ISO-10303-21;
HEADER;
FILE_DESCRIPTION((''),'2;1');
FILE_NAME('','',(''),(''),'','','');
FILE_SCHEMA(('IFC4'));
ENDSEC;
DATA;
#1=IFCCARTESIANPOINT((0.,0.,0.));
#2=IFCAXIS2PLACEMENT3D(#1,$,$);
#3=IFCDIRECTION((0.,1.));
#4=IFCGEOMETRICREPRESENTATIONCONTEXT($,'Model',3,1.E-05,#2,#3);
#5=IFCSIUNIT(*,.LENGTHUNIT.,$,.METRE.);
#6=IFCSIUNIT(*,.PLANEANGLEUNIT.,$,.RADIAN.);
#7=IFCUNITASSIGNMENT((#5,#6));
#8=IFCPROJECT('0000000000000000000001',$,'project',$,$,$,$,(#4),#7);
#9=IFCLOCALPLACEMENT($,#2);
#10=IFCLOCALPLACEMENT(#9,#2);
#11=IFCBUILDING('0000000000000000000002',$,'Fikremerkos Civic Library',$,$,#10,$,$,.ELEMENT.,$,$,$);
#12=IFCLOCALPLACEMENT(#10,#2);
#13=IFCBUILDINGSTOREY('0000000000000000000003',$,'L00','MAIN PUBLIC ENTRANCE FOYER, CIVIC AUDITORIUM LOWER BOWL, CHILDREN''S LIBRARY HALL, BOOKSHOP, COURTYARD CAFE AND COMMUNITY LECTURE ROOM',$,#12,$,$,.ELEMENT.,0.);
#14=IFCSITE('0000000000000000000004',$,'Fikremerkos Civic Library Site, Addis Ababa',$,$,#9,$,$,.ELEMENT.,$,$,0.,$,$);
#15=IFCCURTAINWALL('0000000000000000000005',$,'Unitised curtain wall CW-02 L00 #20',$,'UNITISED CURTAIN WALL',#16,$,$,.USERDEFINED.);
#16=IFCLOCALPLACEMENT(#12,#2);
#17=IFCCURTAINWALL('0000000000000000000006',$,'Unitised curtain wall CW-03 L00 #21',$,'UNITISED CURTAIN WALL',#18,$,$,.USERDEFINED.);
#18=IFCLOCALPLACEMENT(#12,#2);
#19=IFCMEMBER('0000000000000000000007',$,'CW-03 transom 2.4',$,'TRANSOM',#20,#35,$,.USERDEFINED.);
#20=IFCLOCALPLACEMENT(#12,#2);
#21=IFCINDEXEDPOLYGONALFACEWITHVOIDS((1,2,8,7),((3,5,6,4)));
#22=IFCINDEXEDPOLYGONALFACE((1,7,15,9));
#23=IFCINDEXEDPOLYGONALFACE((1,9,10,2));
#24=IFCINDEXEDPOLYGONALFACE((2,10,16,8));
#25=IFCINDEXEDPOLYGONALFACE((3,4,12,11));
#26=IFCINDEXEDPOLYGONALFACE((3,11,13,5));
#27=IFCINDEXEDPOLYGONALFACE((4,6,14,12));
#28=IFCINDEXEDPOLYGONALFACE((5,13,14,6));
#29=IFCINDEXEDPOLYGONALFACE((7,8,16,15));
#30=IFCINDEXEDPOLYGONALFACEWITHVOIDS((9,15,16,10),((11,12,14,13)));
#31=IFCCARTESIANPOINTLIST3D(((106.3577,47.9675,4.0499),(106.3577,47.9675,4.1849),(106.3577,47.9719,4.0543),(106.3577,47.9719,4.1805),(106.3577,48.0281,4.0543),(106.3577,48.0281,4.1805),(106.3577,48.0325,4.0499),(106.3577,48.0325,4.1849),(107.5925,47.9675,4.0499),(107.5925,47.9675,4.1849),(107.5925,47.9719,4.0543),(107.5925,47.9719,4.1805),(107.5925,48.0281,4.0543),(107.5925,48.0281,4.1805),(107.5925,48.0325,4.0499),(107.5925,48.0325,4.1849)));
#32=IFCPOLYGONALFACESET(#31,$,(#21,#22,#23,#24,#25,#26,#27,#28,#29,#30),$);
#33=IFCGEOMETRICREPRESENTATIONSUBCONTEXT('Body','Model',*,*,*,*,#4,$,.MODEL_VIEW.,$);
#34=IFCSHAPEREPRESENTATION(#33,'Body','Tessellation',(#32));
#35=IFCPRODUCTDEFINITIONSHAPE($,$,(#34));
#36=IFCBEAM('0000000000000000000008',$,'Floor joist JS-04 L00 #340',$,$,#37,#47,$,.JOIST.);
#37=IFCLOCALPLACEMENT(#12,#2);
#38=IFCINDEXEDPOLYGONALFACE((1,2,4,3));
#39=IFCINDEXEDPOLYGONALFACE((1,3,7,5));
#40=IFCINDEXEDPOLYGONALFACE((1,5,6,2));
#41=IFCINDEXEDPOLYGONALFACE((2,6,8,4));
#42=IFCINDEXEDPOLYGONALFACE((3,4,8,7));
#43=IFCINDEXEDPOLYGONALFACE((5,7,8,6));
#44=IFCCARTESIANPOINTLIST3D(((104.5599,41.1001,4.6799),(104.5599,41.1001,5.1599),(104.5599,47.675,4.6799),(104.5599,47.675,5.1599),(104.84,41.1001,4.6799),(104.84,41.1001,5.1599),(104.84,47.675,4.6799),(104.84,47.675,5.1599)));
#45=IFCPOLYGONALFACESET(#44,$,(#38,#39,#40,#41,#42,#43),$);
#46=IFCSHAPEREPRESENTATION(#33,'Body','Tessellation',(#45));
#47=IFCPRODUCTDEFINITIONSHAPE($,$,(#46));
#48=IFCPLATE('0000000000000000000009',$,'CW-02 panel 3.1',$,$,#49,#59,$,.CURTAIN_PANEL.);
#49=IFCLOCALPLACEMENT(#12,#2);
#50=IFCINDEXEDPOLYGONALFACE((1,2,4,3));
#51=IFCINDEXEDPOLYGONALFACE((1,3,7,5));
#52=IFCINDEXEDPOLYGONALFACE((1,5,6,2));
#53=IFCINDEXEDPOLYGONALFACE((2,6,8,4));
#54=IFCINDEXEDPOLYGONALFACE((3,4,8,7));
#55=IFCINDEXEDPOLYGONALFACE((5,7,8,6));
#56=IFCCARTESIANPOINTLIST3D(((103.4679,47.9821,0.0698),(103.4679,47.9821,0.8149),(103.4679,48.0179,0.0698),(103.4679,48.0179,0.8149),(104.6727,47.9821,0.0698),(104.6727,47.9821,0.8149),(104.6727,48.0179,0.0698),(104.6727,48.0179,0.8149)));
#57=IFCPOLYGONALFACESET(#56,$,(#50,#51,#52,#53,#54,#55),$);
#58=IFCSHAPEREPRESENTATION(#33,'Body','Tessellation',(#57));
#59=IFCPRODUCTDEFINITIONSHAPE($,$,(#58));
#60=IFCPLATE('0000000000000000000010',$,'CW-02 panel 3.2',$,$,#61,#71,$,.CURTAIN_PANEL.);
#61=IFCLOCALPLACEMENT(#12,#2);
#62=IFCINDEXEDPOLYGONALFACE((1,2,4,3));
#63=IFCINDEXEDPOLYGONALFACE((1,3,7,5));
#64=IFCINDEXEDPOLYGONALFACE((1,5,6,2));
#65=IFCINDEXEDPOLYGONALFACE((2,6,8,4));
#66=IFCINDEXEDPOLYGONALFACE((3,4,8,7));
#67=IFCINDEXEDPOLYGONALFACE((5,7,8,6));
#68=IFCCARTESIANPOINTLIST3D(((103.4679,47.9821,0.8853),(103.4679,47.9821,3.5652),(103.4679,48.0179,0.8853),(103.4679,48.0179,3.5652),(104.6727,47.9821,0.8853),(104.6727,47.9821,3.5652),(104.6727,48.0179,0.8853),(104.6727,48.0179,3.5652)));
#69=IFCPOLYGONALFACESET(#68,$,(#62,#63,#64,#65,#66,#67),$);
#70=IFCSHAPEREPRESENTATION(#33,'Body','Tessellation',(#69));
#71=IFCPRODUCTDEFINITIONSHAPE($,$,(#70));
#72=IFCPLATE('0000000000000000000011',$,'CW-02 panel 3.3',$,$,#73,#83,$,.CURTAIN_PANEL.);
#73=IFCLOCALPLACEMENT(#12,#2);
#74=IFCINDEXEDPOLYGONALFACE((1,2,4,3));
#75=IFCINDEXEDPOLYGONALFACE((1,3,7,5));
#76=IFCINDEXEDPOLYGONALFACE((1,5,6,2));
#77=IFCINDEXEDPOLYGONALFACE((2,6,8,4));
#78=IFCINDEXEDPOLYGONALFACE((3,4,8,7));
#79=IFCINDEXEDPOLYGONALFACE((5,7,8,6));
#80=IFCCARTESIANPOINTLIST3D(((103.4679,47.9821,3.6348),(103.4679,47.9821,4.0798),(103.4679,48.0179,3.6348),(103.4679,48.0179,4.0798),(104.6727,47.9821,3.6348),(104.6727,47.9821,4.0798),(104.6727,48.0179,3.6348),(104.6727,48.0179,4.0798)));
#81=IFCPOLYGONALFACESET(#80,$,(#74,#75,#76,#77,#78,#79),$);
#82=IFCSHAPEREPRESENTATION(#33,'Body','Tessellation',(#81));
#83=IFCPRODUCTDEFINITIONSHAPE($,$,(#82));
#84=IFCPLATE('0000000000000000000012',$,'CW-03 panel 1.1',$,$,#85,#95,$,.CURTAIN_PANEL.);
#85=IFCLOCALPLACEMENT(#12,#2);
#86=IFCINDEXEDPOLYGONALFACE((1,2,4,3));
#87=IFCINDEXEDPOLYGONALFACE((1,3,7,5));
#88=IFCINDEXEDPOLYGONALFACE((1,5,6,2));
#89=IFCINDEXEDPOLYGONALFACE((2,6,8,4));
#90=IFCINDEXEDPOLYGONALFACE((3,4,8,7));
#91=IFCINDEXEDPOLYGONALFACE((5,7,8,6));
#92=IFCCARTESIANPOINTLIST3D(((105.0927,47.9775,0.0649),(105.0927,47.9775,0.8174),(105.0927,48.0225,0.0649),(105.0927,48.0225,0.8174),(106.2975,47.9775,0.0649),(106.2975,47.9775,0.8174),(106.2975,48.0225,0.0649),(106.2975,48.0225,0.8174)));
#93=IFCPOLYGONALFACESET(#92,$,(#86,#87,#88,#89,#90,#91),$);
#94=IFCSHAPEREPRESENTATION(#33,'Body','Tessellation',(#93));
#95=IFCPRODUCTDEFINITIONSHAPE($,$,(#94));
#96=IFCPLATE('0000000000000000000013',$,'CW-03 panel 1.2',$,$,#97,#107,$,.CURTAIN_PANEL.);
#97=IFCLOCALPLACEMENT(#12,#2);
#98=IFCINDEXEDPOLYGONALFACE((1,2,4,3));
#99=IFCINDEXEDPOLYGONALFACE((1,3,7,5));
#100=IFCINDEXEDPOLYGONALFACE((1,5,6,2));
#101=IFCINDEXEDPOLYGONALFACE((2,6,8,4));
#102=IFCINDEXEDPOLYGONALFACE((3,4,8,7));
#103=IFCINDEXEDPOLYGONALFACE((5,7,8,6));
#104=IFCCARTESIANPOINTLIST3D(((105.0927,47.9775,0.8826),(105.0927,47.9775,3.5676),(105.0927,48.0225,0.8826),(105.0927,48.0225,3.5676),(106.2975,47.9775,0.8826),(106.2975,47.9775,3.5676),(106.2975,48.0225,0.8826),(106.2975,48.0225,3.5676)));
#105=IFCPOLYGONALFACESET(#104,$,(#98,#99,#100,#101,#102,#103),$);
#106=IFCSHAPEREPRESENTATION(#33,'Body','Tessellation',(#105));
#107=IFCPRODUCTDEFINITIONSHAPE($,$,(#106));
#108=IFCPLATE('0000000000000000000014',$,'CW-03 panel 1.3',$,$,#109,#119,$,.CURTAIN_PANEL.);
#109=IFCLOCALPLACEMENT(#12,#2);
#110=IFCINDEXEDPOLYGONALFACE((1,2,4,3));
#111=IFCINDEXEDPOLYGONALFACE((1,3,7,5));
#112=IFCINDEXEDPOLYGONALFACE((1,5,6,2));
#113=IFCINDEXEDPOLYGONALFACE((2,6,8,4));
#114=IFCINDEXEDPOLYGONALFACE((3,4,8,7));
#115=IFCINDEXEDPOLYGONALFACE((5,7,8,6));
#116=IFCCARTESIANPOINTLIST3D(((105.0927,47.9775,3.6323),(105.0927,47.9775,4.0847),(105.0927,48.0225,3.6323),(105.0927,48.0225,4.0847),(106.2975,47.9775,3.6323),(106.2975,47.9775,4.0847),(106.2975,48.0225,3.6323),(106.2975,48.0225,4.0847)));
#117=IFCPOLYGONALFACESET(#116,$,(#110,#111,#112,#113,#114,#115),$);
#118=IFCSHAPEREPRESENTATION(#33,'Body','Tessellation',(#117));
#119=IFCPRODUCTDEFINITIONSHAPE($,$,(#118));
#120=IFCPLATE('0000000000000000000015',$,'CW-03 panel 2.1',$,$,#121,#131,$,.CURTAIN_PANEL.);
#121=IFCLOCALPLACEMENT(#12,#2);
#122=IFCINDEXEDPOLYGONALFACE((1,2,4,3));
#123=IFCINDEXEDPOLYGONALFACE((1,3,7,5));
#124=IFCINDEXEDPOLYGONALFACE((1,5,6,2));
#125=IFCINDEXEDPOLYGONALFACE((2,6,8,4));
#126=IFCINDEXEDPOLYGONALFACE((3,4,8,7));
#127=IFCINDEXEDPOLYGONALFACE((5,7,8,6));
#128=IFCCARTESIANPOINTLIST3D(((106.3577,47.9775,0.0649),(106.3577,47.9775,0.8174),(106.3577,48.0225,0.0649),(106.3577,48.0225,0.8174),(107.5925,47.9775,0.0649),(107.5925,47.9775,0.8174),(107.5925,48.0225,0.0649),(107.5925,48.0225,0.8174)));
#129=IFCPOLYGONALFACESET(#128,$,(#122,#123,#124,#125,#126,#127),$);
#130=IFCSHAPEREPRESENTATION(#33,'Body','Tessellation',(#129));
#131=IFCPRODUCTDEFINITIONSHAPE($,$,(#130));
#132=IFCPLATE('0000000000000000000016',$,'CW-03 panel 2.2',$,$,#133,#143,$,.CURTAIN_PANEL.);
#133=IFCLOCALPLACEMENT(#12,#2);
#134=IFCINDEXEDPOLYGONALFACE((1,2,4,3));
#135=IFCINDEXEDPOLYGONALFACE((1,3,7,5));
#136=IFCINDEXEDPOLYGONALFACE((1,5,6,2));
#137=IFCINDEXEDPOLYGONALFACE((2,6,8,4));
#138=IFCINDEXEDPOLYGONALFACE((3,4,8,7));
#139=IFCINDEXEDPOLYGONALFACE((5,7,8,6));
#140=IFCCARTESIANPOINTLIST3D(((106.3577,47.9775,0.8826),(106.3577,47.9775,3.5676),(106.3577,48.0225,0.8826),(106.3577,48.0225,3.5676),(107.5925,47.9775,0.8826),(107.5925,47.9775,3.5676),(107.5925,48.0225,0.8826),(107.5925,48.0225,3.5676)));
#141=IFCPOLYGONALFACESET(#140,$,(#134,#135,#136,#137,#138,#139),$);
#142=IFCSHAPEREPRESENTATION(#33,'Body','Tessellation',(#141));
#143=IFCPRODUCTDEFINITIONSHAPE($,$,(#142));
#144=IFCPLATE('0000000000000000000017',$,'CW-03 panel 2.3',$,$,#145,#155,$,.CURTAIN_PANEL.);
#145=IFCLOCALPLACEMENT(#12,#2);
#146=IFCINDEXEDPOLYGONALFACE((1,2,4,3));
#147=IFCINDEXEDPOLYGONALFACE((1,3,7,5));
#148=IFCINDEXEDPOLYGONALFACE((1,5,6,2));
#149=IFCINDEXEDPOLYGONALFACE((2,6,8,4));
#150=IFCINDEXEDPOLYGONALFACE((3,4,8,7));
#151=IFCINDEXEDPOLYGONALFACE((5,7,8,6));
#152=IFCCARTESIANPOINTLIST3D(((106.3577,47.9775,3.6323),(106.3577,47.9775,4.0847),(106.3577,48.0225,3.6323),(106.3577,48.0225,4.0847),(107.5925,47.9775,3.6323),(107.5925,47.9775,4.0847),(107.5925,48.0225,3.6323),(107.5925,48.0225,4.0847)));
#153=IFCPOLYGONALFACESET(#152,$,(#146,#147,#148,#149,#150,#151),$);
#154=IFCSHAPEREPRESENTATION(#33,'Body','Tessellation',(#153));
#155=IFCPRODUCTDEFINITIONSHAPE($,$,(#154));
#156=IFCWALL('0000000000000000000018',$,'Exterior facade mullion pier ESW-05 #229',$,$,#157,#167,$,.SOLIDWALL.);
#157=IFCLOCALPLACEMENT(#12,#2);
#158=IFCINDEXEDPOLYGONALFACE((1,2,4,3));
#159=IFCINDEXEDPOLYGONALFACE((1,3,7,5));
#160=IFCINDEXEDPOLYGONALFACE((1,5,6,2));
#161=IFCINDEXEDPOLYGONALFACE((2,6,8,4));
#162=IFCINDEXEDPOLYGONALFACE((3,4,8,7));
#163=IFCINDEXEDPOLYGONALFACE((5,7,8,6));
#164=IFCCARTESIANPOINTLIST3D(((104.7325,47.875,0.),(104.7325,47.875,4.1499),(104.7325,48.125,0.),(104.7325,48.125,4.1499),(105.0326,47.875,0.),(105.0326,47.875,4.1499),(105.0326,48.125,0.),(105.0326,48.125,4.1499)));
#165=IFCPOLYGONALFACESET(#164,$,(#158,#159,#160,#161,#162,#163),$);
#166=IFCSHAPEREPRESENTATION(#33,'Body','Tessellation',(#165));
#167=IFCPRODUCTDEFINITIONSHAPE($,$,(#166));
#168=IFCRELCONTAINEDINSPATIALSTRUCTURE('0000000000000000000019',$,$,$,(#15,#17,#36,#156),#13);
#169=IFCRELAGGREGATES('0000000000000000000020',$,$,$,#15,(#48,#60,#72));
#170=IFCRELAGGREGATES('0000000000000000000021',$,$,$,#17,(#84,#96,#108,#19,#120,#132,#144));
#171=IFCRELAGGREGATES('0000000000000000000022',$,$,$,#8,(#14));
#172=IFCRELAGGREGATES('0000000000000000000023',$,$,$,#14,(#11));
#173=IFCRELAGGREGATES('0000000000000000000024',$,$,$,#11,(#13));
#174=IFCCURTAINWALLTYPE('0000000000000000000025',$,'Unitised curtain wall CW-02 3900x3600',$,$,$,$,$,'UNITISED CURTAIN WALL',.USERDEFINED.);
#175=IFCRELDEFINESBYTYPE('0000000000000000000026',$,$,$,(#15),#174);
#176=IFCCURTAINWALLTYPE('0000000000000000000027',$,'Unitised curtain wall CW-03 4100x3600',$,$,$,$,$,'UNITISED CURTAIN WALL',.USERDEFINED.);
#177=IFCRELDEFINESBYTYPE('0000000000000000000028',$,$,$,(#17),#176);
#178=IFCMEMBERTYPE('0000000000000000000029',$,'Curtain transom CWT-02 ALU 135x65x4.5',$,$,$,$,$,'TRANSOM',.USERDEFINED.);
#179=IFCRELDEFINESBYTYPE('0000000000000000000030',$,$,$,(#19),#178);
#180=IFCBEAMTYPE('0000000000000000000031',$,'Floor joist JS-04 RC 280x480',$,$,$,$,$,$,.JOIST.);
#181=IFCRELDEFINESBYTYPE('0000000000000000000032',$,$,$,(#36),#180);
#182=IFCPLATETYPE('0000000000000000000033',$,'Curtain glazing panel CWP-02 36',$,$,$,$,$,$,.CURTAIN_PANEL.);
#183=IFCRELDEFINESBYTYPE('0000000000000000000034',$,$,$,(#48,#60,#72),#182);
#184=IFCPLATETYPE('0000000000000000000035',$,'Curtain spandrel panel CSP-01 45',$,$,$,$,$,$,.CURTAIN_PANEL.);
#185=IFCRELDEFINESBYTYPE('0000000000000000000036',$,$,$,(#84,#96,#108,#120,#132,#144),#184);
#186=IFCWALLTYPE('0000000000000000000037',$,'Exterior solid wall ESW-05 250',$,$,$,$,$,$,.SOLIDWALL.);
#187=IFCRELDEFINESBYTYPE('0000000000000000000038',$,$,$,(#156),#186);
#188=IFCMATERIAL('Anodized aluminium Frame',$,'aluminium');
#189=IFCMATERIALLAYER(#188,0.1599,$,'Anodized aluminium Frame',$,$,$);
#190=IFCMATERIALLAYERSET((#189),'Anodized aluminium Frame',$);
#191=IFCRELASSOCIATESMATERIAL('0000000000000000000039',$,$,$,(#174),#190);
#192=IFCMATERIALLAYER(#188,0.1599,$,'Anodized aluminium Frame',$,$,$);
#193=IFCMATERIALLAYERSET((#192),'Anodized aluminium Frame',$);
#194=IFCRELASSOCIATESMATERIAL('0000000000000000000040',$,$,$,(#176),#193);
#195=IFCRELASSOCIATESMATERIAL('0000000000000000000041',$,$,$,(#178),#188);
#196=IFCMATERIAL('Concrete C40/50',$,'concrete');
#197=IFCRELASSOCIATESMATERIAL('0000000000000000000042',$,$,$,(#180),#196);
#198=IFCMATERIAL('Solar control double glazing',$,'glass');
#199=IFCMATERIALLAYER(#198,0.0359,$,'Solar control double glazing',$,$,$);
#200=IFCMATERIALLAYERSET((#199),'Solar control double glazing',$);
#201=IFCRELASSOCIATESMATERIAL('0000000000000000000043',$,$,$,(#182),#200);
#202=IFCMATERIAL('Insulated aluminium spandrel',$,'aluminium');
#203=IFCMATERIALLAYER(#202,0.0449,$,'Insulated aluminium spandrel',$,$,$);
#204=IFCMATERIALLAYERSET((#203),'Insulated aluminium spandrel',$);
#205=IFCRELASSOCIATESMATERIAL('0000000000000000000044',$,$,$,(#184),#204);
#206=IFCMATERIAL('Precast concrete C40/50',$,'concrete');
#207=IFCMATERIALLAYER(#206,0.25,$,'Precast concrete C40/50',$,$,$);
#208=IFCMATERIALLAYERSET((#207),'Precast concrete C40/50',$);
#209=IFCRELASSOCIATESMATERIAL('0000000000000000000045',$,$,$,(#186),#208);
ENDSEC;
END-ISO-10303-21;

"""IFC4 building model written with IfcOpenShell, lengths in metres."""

from ifc_helpers import new_model, si_unit, direction, frame, frame_2d, origin, origin_2d, place, context, subcontext, project, spatial, rectangle, hollow_rectangle, extrude, material, layer, layer_set, material_profile, profile_set, type_object, element, aggregate, save


model = new_model("IFC4")

# Units and contexts
model_context = context("Model", 3, precision=1e-05, world=origin(), true_north=direction((0.0, 1.0)))
body_context = subcontext(model_context, "Body", "Model", "MODEL_VIEW")
ifc_project = project(units=[si_unit("LENGTHUNIT", "METRE"), si_unit("PLANEANGLEUNIT", "RADIAN")], contexts=[model_context])

# Site, building, storey
site_placement = place(None, origin())
site = spatial("IfcSite", under=ifc_project, at=site_placement, Name="Fikremerkos Civic Library Site, Addis Ababa", CompositionType="ELEMENT", RefElevation=0.0)
building_placement = place(site_placement, origin())
building = spatial("IfcBuilding", under=site, at=building_placement, Name="Fikremerkos Civic Library", CompositionType="ELEMENT")
storey_placement = place(building_placement, origin())
storey = spatial("IfcBuildingStorey", under=building, at=storey_placement, Name="L00", Description="MAIN PUBLIC ENTRANCE FOYER, CIVIC AUDITORIUM LOWER BOWL, CHILDREN'S LIBRARY HALL, BOOKSHOP, COURTYARD CAFE AND COMMUNITY LECTURE ROOM", CompositionType="ELEMENT", Elevation=0.0)

# Curtain wall
ifc_material_1 = material(Name="Anodized aluminium Frame", Category="aluminium")
ifc_layer_1 = layer(ifc_material_1, 0.1599, Name="Anodized aluminium Frame")
ifc_layer_set_1 = layer_set([ifc_layer_1], Name="Anodized aluminium Frame")
curtain_wall_type_1 = type_object("IfcCurtainWallType", Name="Unitised curtain wall CW-02 3900x3600", ElementType="UNITISED CURTAIN WALL", PredefinedType="USERDEFINED", material=ifc_layer_set_1)
curtain_wall_1_placement = place(storey_placement, origin())
curtain_wall_1 = element("IfcCurtainWall", 1, at=curtain_wall_1_placement, inside=storey, type_object=curtain_wall_type_1, Name="Unitised curtain wall CW-02 L00 #20", ObjectType="UNITISED CURTAIN WALL", PredefinedType="USERDEFINED")

# Curtain wall, member
ifc_layer_2 = layer(ifc_material_1, 0.1599, Name="Anodized aluminium Frame")
ifc_layer_set_2 = layer_set([ifc_layer_2], Name="Anodized aluminium Frame")
curtain_wall_type_2 = type_object("IfcCurtainWallType", Name="Unitised curtain wall CW-03 4100x3600", ElementType="UNITISED CURTAIN WALL", PredefinedType="USERDEFINED", material=ifc_layer_set_2)
curtain_wall_2_placement = place(storey_placement, origin())
curtain_wall_2 = element("IfcCurtainWall", 2, at=curtain_wall_2_placement, inside=storey, type_object=curtain_wall_type_2, Name="Unitised curtain wall CW-03 L00 #21", ObjectType="UNITISED CURTAIN WALL", PredefinedType="USERDEFINED")
ifc_material_profile_1 = material_profile(ifc_material_1, hollow_rectangle(XDim=0.0649, YDim=0.135, WallThickness=0.0044, at=origin_2d()), Name="ALU 135x65x4.5")
ifc_profile_set_1 = profile_set([ifc_material_profile_1], Name="Anodized aluminium Frame")
member_type_1 = type_object("IfcMemberType", Name="Curtain transom CWT-02 ALU 135x65x4.5", ElementType="TRANSOM", PredefinedType="USERDEFINED", material=ifc_profile_set_1)
member_1_placement = place(storey_placement, frame((106.3577, 48.0, 4.1174), z_axis=(1.0, 0.0, 0.0), x_axis=(0.0, 1.0, 0.0)))
member_1 = element("IfcMember", 3, at=member_1_placement, type_object=member_type_1, Name="CW-03 transom 2.4", ObjectType="TRANSOM", PredefinedType="USERDEFINED", context=body_context, shape_type="SweptSolid", body=[
    extrude(hollow_rectangle(XDim=0.0649, YDim=0.135, WallThickness=0.0044, at=origin_2d()), origin(), (0.0, 0.0, 1.0), 1.2349),
])

# Beam
ifc_material_2 = material(Name="Concrete C40/50", Category="concrete")
ifc_material_profile_2 = material_profile(ifc_material_2, rectangle(XDim=0.28, YDim=0.48, at=origin_2d()), Name="RC 280x480")
ifc_profile_set_2 = profile_set([ifc_material_profile_2], Name="Concrete C40/50")
beam_type = type_object("IfcBeamType", Name="Floor joist JS-04 RC 280x480", PredefinedType="JOIST", material=ifc_profile_set_2)
beam_placement = place(storey_placement, frame((104.7, 41.1001, 4.9199), z_axis=(0.0, 1.0, 0.0), x_axis=(-1.0, 0.0, 0.0)))
element("IfcBeam", 4, at=beam_placement, inside=storey, type_object=beam_type, Name="Floor joist JS-04 L00 #340", PredefinedType="JOIST", context=body_context, shape_type="SweptSolid", body=[
    extrude(rectangle(XDim=0.28, YDim=0.48, at=origin_2d()), origin(), (0.0, 0.0, 1.0), 6.575),
])

# Plates
ifc_material_3 = material(Name="Solar control double glazing", Category="glass")
ifc_layer_3 = layer(ifc_material_3, 0.0359, Name="Solar control double glazing")
ifc_layer_set_3 = layer_set([ifc_layer_3], Name="Solar control double glazing")
plate_type_1 = type_object("IfcPlateType", Name="Curtain glazing panel CWP-02 36", PredefinedType="CURTAIN_PANEL", material=ifc_layer_set_3)
plate_1_placement = place(storey_placement, frame((104.0703, 48.0, 0.0698), z_axis=(0.0, 0.0, 1.0), x_axis=(1.0, 0.0, 0.0)))
plate_1 = element("IfcPlate", 5, at=plate_1_placement, type_object=plate_type_1, Name="CW-02 panel 3.1", PredefinedType="CURTAIN_PANEL", context=body_context, shape_type="SweptSolid", body=[
    extrude(rectangle(XDim=1.2048, YDim=0.0359, at=origin_2d()), origin(), (0.0, 0.0, 1.0), 0.7451),
])
plate_2_placement = place(storey_placement, frame((104.0703, 48.0, 0.8853), z_axis=(0.0, 0.0, 1.0), x_axis=(1.0, 0.0, 0.0)))
plate_2 = element("IfcPlate", 6, at=plate_2_placement, type_object=plate_type_1, Name="CW-02 panel 3.2", PredefinedType="CURTAIN_PANEL", context=body_context, shape_type="SweptSolid", body=[
    extrude(rectangle(XDim=1.2048, YDim=0.0359, at=origin_2d()), origin(), (0.0, 0.0, 1.0), 2.6799),
])
plate_3_placement = place(storey_placement, frame((104.0703, 48.0, 3.6348), z_axis=(0.0, 0.0, 1.0), x_axis=(1.0, 0.0, 0.0)))
plate_3 = element("IfcPlate", 7, at=plate_3_placement, type_object=plate_type_1, Name="CW-02 panel 3.3", PredefinedType="CURTAIN_PANEL", context=body_context, shape_type="SweptSolid", body=[
    extrude(rectangle(XDim=1.2048, YDim=0.0359, at=origin_2d()), origin(), (0.0, 0.0, 1.0), 0.4451),
])
aggregate(curtain_wall_1, [plate_1, plate_2, plate_3])
ifc_material_4 = material(Name="Insulated aluminium spandrel", Category="aluminium")
ifc_layer_4 = layer(ifc_material_4, 0.0449, Name="Insulated aluminium spandrel")
ifc_layer_set_4 = layer_set([ifc_layer_4], Name="Insulated aluminium spandrel")
plate_type_2 = type_object("IfcPlateType", Name="Curtain spandrel panel CSP-01 45", PredefinedType="CURTAIN_PANEL", material=ifc_layer_set_4)
plate_4_placement = place(storey_placement, frame((105.6951, 48.0, 0.0649), z_axis=(0.0, 0.0, 1.0), x_axis=(1.0, 0.0, 0.0)))
plate_4 = element("IfcPlate", 8, at=plate_4_placement, type_object=plate_type_2, Name="CW-03 panel 1.1", PredefinedType="CURTAIN_PANEL", context=body_context, shape_type="SweptSolid", body=[
    extrude(rectangle(XDim=1.2048, YDim=0.0449, at=origin_2d()), origin(), (0.0, 0.0, 1.0), 0.7524),
])
plate_5_placement = place(storey_placement, frame((105.6951, 48.0, 0.8826), z_axis=(0.0, 0.0, 1.0), x_axis=(1.0, 0.0, 0.0)))
plate_5 = element("IfcPlate", 9, at=plate_5_placement, type_object=plate_type_2, Name="CW-03 panel 1.2", PredefinedType="CURTAIN_PANEL", context=body_context, shape_type="SweptSolid", body=[
    extrude(rectangle(XDim=1.2048, YDim=0.0449, at=origin_2d()), origin(), (0.0, 0.0, 1.0), 2.6851),
])
plate_6_placement = place(storey_placement, frame((105.6951, 48.0, 3.6323), z_axis=(0.0, 0.0, 1.0), x_axis=(1.0, 0.0, 0.0)))
plate_6 = element("IfcPlate", 10, at=plate_6_placement, type_object=plate_type_2, Name="CW-03 panel 1.3", PredefinedType="CURTAIN_PANEL", context=body_context, shape_type="SweptSolid", body=[
    extrude(rectangle(XDim=1.2048, YDim=0.0449, at=origin_2d()), origin(), (0.0, 0.0, 1.0), 0.4524),
])
plate_7_placement = place(storey_placement, frame((106.9751, 48.0, 0.0649), z_axis=(0.0, 0.0, 1.0), x_axis=(1.0, 0.0, 0.0)))
plate_7 = element("IfcPlate", 11, at=plate_7_placement, type_object=plate_type_2, Name="CW-03 panel 2.1", PredefinedType="CURTAIN_PANEL", context=body_context, shape_type="SweptSolid", body=[
    extrude(rectangle(XDim=1.2349, YDim=0.0449, at=origin_2d()), origin(), (0.0, 0.0, 1.0), 0.7524),
])
plate_8_placement = place(storey_placement, frame((106.9751, 48.0, 0.8826), z_axis=(0.0, 0.0, 1.0), x_axis=(1.0, 0.0, 0.0)))
plate_8 = element("IfcPlate", 12, at=plate_8_placement, type_object=plate_type_2, Name="CW-03 panel 2.2", PredefinedType="CURTAIN_PANEL", context=body_context, shape_type="SweptSolid", body=[
    extrude(rectangle(XDim=1.2349, YDim=0.0449, at=origin_2d()), origin(), (0.0, 0.0, 1.0), 2.6851),
])
plate_9_placement = place(storey_placement, frame((106.9751, 48.0, 3.6323), z_axis=(0.0, 0.0, 1.0), x_axis=(1.0, 0.0, 0.0)))
plate_9 = element("IfcPlate", 13, at=plate_9_placement, type_object=plate_type_2, Name="CW-03 panel 2.3", PredefinedType="CURTAIN_PANEL", context=body_context, shape_type="SweptSolid", body=[
    extrude(rectangle(XDim=1.2349, YDim=0.0449, at=origin_2d()), origin(), (0.0, 0.0, 1.0), 0.4524),
])
aggregate(curtain_wall_2, [plate_4, plate_5, plate_6, member_1, plate_7, plate_8, plate_9])

# Wall
ifc_material_5 = material(Name="Precast concrete C40/50", Category="concrete")
ifc_layer_5 = layer(ifc_material_5, 0.25, Name="Precast concrete C40/50")
ifc_layer_set_5 = layer_set([ifc_layer_5], Name="Precast concrete C40/50")
wall_type = type_object("IfcWallType", Name="Exterior solid wall ESW-05 250", PredefinedType="SOLIDWALL", material=ifc_layer_set_5)
wall_placement = place(storey_placement, frame((104.7327, 48.0, 0.0), z_axis=(0.0, 0.0, 1.0), x_axis=(1.0, 0.0, 0.0)))
element("IfcWall", 14, at=wall_placement, inside=storey, type_object=wall_type, Name="Exterior facade mullion pier ESW-05 #229", PredefinedType="SOLIDWALL", context=body_context, shape_type="SweptSolid", body=[
    extrude(rectangle(XDim=0.3, YDim=0.25, at=frame_2d((0.1499, 0.0))), origin(), (0.0, 0.0, 1.0), 4.1499),
])

save(model, "model.ifc")
